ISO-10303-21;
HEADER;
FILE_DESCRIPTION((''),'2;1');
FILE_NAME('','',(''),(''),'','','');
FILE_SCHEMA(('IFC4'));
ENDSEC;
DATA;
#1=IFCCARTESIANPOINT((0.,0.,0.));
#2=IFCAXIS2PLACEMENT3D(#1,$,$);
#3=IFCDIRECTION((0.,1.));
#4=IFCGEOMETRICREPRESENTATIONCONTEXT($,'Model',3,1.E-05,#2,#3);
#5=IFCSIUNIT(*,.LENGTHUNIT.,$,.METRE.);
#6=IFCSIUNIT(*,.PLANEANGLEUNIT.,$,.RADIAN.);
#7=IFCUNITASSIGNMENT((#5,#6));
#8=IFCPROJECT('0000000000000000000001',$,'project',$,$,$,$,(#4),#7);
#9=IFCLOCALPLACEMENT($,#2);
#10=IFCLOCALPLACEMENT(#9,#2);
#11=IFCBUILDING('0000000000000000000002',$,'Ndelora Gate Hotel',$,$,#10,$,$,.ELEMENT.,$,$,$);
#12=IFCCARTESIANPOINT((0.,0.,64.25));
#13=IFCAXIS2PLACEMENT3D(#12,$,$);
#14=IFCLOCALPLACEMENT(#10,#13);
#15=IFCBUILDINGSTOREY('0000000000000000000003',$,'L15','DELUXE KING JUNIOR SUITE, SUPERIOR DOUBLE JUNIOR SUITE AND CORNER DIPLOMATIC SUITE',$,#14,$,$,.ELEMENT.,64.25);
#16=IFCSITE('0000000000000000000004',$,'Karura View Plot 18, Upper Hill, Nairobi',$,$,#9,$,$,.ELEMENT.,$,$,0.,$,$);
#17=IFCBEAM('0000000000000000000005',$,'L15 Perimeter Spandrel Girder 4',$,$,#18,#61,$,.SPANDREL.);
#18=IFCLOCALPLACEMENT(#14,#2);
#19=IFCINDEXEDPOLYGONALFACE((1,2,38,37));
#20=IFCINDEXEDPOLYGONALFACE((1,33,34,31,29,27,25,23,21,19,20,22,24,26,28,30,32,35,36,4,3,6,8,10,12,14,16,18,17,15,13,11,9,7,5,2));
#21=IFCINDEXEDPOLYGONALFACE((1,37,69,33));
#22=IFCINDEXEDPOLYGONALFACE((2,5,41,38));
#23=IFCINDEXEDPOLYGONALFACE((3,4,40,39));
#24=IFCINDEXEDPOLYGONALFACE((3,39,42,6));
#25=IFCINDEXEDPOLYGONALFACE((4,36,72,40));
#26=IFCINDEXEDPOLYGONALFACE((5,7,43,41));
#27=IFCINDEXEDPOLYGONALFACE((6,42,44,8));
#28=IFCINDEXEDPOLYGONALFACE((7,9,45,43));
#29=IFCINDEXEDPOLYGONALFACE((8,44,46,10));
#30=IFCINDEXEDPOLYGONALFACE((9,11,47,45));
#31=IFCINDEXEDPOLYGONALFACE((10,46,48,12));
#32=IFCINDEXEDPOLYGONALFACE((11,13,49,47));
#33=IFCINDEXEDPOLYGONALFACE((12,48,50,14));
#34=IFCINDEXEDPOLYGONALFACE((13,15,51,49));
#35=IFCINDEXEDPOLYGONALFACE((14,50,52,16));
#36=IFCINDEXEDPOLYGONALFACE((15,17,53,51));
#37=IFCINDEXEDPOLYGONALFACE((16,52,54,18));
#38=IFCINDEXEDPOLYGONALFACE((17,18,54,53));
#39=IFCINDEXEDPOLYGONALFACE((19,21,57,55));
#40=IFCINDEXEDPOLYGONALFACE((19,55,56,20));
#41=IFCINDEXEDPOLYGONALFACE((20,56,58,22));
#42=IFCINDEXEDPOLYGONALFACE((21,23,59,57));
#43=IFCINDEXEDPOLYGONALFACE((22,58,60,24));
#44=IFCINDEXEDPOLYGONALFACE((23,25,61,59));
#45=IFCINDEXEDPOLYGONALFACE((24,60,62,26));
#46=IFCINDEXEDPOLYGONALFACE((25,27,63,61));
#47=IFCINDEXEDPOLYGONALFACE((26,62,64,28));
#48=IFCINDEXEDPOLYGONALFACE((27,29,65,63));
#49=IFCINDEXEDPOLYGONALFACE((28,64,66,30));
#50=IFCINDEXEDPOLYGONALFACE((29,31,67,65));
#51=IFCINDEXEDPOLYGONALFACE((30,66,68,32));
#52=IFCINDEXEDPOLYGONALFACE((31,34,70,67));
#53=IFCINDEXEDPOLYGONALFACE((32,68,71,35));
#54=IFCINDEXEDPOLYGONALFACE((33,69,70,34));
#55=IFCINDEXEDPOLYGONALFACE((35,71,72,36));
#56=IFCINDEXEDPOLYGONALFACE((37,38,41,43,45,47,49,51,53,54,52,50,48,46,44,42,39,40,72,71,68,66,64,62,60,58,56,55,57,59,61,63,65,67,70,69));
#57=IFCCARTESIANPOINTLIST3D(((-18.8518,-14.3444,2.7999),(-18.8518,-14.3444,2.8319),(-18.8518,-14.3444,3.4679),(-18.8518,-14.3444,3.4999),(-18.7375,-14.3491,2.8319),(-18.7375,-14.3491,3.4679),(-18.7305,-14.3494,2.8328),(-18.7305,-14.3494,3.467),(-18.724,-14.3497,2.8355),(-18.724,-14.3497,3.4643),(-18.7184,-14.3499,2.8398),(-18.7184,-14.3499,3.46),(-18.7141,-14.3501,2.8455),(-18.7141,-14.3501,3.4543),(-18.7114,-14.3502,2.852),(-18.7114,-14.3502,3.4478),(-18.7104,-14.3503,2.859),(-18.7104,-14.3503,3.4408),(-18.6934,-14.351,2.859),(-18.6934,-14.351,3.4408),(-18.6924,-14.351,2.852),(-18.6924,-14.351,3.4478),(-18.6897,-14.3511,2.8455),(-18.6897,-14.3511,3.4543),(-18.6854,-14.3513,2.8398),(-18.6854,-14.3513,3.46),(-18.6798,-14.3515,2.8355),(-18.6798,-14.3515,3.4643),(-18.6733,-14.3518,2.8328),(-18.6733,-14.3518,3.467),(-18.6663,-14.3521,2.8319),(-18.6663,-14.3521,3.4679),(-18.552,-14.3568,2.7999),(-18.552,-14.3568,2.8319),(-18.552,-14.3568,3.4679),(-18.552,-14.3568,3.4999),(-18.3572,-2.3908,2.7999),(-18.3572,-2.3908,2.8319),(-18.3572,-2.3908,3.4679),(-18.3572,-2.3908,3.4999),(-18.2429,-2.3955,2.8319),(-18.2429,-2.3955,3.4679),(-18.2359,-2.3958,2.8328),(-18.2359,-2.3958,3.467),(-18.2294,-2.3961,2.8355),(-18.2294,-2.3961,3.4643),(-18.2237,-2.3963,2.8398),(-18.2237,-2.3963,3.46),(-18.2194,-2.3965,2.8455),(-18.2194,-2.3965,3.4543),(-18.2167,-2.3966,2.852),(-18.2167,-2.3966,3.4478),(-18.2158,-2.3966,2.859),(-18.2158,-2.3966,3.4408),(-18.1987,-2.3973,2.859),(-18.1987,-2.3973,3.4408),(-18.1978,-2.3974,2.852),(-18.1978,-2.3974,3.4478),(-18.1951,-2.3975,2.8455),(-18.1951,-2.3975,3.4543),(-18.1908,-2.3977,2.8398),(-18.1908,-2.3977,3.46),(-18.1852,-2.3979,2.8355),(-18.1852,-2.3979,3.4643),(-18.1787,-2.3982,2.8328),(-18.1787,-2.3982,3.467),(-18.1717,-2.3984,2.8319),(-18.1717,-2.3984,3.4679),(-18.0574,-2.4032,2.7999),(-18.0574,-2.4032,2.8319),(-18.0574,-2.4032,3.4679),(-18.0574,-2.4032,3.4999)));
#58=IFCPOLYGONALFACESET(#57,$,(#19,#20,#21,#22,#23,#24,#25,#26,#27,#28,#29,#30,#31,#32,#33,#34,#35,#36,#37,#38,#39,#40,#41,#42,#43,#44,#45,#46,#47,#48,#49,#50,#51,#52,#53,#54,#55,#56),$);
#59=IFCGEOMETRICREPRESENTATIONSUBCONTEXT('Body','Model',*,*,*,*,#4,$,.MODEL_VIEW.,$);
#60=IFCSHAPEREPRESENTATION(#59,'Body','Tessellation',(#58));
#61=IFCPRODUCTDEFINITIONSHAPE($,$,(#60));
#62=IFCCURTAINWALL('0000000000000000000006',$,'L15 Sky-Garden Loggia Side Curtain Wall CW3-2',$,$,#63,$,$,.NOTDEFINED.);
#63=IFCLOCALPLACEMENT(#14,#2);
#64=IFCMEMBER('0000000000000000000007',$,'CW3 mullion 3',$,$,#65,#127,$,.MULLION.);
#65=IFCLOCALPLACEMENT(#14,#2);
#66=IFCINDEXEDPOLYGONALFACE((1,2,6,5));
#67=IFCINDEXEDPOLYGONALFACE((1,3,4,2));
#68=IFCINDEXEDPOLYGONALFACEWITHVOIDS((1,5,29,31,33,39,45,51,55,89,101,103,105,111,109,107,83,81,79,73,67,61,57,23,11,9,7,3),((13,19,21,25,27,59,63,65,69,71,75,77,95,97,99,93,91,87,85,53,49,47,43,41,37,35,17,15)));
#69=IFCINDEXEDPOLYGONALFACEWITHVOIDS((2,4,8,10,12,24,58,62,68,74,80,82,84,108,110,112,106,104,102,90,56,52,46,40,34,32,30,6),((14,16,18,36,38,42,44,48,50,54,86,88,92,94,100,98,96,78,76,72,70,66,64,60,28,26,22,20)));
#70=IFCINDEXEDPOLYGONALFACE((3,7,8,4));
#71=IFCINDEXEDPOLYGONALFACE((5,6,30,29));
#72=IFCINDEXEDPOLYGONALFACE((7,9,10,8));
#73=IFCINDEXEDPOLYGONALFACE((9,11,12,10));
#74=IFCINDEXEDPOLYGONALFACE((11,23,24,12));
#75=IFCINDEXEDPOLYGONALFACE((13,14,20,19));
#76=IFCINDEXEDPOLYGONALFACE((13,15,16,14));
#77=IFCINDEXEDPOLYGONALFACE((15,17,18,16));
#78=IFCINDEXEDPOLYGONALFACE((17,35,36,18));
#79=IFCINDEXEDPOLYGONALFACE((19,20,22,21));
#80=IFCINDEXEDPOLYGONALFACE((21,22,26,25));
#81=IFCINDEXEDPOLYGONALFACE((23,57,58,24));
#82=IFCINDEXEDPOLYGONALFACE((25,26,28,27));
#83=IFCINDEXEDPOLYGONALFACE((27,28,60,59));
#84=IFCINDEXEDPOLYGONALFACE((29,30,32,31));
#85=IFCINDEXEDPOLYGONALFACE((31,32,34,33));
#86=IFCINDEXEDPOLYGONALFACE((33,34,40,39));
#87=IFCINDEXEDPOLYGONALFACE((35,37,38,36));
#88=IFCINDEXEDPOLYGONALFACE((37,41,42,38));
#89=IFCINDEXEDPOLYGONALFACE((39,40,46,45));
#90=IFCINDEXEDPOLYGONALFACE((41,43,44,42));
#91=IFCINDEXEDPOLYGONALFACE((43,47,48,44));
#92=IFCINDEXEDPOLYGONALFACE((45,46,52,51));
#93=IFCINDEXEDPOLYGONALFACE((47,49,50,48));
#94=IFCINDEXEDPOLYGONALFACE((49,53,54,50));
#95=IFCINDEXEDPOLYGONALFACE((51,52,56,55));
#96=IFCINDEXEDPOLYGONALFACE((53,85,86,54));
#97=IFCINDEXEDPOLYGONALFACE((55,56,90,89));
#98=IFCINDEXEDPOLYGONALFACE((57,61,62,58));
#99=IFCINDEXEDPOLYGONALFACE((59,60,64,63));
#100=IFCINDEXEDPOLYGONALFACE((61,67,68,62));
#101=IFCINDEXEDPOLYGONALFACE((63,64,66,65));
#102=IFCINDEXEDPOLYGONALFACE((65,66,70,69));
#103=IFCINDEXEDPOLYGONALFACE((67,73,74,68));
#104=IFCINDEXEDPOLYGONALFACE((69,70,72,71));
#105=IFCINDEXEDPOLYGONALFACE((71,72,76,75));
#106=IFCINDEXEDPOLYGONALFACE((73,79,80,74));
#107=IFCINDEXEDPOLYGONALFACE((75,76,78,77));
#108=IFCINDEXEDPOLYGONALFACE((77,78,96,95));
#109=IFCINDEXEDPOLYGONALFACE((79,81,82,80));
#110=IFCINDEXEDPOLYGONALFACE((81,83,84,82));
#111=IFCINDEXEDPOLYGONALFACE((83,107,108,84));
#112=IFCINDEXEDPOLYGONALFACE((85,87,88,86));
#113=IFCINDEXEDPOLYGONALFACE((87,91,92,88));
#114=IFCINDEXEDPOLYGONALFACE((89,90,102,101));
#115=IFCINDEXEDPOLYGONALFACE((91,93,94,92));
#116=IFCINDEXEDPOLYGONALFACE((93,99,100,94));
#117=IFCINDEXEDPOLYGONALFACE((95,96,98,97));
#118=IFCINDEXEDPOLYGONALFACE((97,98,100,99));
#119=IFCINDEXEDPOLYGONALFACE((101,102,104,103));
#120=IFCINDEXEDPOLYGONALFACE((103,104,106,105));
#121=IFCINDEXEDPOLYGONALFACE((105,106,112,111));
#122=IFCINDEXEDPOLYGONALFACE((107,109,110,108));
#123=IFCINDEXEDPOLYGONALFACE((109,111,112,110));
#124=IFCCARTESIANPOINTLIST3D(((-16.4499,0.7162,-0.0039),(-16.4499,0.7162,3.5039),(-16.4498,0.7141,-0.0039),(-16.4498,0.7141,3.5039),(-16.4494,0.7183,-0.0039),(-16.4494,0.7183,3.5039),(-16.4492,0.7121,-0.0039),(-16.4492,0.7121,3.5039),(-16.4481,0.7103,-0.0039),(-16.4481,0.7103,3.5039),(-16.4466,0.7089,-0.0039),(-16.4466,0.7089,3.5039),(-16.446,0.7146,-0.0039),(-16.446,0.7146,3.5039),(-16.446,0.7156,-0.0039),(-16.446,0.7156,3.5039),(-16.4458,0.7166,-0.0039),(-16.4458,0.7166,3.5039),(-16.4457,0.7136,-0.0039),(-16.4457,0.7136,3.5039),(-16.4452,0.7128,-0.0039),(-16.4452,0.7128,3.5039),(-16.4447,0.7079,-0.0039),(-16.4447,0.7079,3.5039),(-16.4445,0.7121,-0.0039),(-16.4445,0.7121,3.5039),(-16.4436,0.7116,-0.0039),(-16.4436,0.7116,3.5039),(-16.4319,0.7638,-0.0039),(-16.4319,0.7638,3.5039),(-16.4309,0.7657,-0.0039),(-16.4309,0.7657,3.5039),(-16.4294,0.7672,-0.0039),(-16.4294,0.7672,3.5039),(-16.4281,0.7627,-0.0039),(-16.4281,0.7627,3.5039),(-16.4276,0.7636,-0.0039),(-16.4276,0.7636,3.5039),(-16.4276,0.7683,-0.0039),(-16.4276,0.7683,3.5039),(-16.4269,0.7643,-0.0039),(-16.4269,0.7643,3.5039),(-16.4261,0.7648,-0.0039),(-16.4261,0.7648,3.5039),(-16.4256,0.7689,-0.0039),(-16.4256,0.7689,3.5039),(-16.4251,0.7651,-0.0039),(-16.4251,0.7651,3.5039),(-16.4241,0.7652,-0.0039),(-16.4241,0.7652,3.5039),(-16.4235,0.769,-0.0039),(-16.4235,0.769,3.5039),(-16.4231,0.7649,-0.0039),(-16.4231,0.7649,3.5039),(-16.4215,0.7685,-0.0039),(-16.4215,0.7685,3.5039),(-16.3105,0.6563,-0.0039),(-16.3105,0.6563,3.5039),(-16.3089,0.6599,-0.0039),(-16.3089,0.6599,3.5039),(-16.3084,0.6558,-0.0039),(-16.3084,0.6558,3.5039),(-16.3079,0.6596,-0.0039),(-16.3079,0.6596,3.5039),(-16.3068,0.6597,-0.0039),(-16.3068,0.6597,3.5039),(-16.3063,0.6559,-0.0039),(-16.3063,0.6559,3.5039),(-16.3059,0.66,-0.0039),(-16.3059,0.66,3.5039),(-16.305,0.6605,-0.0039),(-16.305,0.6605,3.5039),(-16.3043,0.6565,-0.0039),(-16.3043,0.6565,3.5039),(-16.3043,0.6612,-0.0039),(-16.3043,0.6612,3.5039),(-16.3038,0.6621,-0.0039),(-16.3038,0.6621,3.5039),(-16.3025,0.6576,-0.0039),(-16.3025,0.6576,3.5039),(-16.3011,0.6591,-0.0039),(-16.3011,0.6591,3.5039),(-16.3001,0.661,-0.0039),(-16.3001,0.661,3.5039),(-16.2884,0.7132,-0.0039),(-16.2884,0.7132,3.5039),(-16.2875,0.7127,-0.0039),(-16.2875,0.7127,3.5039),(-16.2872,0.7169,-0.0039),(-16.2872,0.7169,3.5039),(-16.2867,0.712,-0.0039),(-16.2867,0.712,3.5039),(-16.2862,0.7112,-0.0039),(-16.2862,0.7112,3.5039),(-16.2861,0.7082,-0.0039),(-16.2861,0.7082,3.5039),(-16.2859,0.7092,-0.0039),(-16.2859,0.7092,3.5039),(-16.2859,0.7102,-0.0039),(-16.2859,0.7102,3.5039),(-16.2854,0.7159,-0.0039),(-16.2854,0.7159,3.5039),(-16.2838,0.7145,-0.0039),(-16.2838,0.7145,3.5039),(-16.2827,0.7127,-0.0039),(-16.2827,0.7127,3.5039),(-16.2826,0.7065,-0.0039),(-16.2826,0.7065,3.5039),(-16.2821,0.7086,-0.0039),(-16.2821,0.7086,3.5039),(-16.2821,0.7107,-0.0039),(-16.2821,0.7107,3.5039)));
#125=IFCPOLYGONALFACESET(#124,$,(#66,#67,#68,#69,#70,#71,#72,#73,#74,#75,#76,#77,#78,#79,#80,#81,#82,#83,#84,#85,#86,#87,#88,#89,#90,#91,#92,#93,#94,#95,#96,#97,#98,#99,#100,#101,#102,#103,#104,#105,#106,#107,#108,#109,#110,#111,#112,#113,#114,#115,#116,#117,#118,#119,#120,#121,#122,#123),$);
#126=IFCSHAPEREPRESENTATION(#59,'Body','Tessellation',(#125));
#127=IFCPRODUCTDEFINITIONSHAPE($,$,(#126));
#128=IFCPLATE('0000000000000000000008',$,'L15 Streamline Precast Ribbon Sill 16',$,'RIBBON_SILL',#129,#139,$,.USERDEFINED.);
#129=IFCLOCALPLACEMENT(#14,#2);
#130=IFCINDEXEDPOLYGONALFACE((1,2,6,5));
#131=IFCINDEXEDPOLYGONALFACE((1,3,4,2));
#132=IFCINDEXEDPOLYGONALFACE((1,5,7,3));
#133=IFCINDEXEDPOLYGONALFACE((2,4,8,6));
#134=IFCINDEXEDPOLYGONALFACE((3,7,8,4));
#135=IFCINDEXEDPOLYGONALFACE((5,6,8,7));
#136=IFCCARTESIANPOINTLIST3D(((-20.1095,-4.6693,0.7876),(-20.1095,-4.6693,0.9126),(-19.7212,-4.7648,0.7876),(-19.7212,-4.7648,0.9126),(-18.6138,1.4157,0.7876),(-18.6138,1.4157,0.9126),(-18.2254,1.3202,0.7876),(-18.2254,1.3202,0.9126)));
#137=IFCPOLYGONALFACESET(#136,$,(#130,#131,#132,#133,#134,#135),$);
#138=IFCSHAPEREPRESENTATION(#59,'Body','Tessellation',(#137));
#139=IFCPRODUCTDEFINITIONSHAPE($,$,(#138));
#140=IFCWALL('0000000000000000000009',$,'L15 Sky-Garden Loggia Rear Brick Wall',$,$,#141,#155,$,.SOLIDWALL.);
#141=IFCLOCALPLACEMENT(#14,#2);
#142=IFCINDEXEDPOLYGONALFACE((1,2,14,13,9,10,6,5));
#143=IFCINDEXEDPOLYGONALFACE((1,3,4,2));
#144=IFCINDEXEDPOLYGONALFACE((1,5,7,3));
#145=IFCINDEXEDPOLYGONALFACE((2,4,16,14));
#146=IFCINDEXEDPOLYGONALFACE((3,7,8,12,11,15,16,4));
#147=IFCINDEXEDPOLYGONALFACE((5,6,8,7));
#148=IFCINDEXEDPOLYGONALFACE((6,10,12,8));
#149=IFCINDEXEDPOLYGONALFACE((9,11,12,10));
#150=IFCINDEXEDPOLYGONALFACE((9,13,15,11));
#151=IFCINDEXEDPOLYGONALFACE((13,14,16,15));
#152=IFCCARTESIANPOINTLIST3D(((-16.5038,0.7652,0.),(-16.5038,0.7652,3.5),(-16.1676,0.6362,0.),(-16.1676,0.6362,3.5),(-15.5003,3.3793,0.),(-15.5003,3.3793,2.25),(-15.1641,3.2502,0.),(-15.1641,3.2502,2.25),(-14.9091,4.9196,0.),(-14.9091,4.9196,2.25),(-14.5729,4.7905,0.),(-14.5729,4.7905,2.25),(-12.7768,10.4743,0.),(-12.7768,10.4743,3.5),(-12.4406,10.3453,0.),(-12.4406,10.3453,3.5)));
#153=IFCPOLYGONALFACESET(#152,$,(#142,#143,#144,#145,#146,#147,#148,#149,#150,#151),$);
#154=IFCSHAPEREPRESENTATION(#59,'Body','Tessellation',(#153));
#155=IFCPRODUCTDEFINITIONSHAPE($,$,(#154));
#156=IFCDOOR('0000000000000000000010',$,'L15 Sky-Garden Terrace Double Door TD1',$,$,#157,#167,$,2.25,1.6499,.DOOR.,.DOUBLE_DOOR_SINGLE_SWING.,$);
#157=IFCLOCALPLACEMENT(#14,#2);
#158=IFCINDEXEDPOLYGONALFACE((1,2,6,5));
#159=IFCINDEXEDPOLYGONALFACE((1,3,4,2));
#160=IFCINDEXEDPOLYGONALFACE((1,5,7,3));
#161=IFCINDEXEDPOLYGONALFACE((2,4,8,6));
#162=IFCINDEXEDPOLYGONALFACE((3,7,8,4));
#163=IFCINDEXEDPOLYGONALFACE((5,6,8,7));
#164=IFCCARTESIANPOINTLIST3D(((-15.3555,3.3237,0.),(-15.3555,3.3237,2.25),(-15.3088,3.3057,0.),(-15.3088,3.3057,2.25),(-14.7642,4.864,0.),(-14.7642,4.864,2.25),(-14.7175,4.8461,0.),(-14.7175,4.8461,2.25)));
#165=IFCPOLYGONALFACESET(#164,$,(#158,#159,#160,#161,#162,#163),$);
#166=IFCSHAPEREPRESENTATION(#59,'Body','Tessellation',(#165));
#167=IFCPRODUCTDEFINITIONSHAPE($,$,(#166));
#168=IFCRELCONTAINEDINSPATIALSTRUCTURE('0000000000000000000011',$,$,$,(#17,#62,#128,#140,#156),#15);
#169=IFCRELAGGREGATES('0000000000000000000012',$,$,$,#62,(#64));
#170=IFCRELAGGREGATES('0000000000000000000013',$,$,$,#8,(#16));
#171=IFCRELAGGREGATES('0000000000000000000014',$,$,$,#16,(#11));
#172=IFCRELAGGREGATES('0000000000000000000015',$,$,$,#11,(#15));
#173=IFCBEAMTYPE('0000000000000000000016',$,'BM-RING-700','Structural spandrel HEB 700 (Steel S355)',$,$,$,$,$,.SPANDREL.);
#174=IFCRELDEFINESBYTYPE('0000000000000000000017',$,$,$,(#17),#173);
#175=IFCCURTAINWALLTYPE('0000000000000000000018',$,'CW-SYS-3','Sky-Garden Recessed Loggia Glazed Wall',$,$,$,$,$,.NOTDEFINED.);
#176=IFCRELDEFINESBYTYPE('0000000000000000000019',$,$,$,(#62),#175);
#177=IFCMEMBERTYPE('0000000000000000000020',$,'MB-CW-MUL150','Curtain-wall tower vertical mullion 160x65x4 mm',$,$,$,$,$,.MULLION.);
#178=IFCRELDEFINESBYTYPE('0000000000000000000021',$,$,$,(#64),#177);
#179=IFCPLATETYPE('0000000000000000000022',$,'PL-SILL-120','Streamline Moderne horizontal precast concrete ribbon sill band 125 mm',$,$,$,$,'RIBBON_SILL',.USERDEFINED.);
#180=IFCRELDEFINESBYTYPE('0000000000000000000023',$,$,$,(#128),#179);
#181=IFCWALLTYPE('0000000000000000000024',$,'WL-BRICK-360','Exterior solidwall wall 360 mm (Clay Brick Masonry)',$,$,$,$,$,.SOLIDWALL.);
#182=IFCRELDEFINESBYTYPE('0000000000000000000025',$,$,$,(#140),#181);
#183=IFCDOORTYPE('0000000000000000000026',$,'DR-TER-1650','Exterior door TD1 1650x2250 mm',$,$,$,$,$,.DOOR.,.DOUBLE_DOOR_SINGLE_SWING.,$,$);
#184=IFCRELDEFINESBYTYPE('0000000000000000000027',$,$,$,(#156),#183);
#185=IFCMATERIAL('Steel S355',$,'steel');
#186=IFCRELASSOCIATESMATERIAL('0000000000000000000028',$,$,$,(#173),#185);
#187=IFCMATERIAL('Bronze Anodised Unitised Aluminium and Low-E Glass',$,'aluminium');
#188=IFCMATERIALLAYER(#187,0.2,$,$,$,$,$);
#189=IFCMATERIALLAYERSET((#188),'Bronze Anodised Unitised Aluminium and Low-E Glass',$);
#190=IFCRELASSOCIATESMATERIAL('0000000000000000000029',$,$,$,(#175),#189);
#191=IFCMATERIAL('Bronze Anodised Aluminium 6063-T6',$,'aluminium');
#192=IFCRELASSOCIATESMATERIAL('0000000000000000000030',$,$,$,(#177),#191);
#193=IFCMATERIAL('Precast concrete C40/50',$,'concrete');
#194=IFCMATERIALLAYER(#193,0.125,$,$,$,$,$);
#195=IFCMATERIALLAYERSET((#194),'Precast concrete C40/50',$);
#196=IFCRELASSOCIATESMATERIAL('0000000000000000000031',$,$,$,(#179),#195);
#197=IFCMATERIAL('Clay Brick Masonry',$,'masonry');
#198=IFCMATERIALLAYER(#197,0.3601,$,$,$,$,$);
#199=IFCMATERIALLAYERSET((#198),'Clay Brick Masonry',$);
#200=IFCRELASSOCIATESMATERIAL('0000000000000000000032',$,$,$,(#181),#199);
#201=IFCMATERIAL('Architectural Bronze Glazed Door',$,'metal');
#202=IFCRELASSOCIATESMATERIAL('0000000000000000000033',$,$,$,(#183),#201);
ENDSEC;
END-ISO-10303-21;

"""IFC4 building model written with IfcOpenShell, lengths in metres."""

from ifc_helpers import new_model, si_unit, direction, frame, frame_2d, origin, origin_2d, place, context, subcontext, project, spatial, rectangle, hollow_rectangle, i_section, extrude, material, layer, layer_set, material_profile, profile_set, type_object, element, fill, aggregate, save


model = new_model("IFC4")

# Units and contexts
model_context = context("Model", 3, precision=1e-05, world=origin(), true_north=direction((0.0, 1.0)))
body_context = subcontext(model_context, "Body", "Model", "MODEL_VIEW")
ifc_project = project(units=[si_unit("LENGTHUNIT", "METRE"), si_unit("PLANEANGLEUNIT", "RADIAN")], contexts=[model_context])

# Site, building, storey
site_placement = place(None, origin())
site = spatial("IfcSite", under=ifc_project, at=site_placement, Name="Karura View Plot 18, Upper Hill, Nairobi", CompositionType="ELEMENT", RefElevation=0.0)
building_placement = place(site_placement, origin())
building = spatial("IfcBuilding", under=site, at=building_placement, Name="Ndelora Gate Hotel", CompositionType="ELEMENT")
storey_placement = place(building_placement, frame((0.0, 0.0, 64.25)))
storey = spatial("IfcBuildingStorey", under=building, at=storey_placement, Name="L15", Description="DELUXE KING JUNIOR SUITE, SUPERIOR DOUBLE JUNIOR SUITE AND CORNER DIPLOMATIC SUITE", CompositionType="ELEMENT", Elevation=64.25)

# Beam
ifc_material_1 = material(Name="Steel S355", Category="steel")
ifc_material_profile_1 = material_profile(ifc_material_1, i_section(OverallWidth=0.3, OverallDepth=0.7, WebThickness=0.0171, FlangeThickness=0.032, FilletRadius=0.0271, at=origin_2d()), Name="HEB 700")
ifc_profile_set_1 = profile_set([ifc_material_profile_1], Name="Steel S355")
beam_type_1 = type_object("IfcBeamType", Name="BM-RING-700", Description="Structural spandrel HEB 700 (Steel S355)", PredefinedType="SPANDREL", material=ifc_profile_set_1)
beam_1_placement = place(storey_placement, frame((-18.2073, -2.397, 3.1499), z_axis=(-0.041344, -0.999145, 0.0), x_axis=(0.999145, -0.041344, 0.0)))
element("IfcBeam", 1, at=beam_1_placement, inside=storey, type_object=beam_type_1, Name="L15 Perimeter Spandrel Girder 4", PredefinedType="SPANDREL", context=body_context, shape_type="SweptSolid", body=[
    extrude(i_section(OverallWidth=0.3, OverallDepth=0.7, WebThickness=0.0171, FlangeThickness=0.032, FilletRadius=0.0271, at=origin_2d()), origin(), (0.0, 0.0, 1.0), 11.9639),
])

# Curtain wall, member
ifc_material_2 = material(Name="Bronze Anodised Unitised Aluminium and Low-E Glass", Category="aluminium")
ifc_layer_1 = layer(ifc_material_2, 0.2)
ifc_layer_set_1 = layer_set([ifc_layer_1], Name="Bronze Anodised Unitised Aluminium and Low-E Glass")
curtain_wall_type = type_object("IfcCurtainWallType", Name="CW-SYS-3", Description="Sky-Garden Recessed Loggia Glazed Wall", PredefinedType="NOTDEFINED", material=ifc_layer_set_1)
curtain_wall_placement = place(storey_placement, origin())
curtain_wall = element("IfcCurtainWall", 2, at=curtain_wall_placement, inside=storey, type_object=curtain_wall_type, Name="L15 Sky-Garden Loggia Side Curtain Wall CW3-2", PredefinedType="NOTDEFINED")
ifc_material_3 = material(Name="Bronze Anodised Aluminium 6063-T6", Category="aluminium")
ifc_material_profile_2 = material_profile(ifc_material_3, hollow_rectangle(XDim=0.0649, YDim=0.1599, WallThickness=0.0039, InnerFilletRadius=0.0039, OuterFilletRadius=0.0081, at=origin_2d()), Name="ALU 160x65x4")
ifc_profile_set_2 = profile_set([ifc_material_profile_2], Name="Bronze Anodised Aluminium 6063-T6")
member_type = type_object("IfcMemberType", Name="MB-CW-MUL150", Description="Curtain-wall tower vertical mullion 160x65x4 mm", PredefinedType="MULLION", material=ifc_profile_set_2)
member_placement = place(storey_placement, frame((-16.366, 0.7124, -0.0039), z_axis=(0.0, 0.0, 1.0), x_axis=(0.358376, 0.933577, 0.0)))
member = element("IfcMember", 3, at=member_placement, type_object=member_type, Name="CW3 mullion 3", PredefinedType="MULLION", context=body_context, shape_type="SweptSolid", body=[
    extrude(hollow_rectangle(XDim=0.0649, YDim=0.1599, WallThickness=0.0039, InnerFilletRadius=0.0039, OuterFilletRadius=0.0081, at=origin_2d()), origin(), (0.0, 0.0, 1.0), 3.5078),
])
aggregate(curtain_wall, [member])

# Plate
ifc_material_4 = material(Name="Precast concrete C40/50", Category="concrete")
ifc_layer_2 = layer(ifc_material_4, 0.125)
ifc_layer_set_2 = layer_set([ifc_layer_2], Name="Precast concrete C40/50")
plate_type = type_object("IfcPlateType", Name="PL-SILL-120", Description="Streamline Moderne horizontal precast concrete ribbon sill band 125 mm", ElementType="RIBBON_SILL", PredefinedType="USERDEFINED", material=ifc_layer_set_2)
plate_placement = place(storey_placement, frame((-19.1675, -1.6746, 0.7876), z_axis=(0.0, 0.0, 1.0), x_axis=(0.238703, 0.971093, 0.0)))
element("IfcPlate", 4, at=plate_placement, inside=storey, type_object=plate_type, Name="L15 Streamline Precast Ribbon Sill 16", ObjectType="RIBBON_SILL", PredefinedType="USERDEFINED", context=body_context, shape_type="SweptSolid", body=[
    extrude(rectangle(XDim=6.2661, YDim=0.3999, at=origin_2d()), origin(), (0.0, 0.0, 1.0), 0.125),
])

# Wall, opening, door
ifc_material_5 = material(Name="Clay Brick Masonry", Category="masonry")
ifc_layer_3 = layer(ifc_material_5, 0.3601)
ifc_layer_set_3 = layer_set([ifc_layer_3], Name="Clay Brick Masonry")
wall_type_1 = type_object("IfcWallType", Name="WL-BRICK-360", Description="Exterior solidwall wall 360 mm (Clay Brick Masonry)", PredefinedType="SOLIDWALL", material=ifc_layer_set_3)
wall_1_placement = place(storey_placement, frame((-16.3357, 0.7007, 0.0), z_axis=(0.0, 0.0, 1.0), x_axis=(0.35837, 0.93358, 0.0)))
wall_1 = element("IfcWall", 5, at=wall_1_placement, inside=storey, type_object=wall_type_1, Name="L15 Sky-Garden Loggia Rear Brick Wall", PredefinedType="SOLIDWALL", context=body_context, shape_type="SweptSolid", body=[
    extrude(rectangle(XDim=10.3999, YDim=0.3601, at=frame_2d((5.2, 0.0))), origin(), (0.0, 0.0, 1.0), 3.5),
])
opening_1_placement = place(wall_1_placement, frame((2.8, 0.0, 0.0)))
opening_1 = element("IfcOpeningElement", 6, at=opening_1_placement, cuts=wall_1, PredefinedType="OPENING", context=body_context, shape_type="SweptSolid", body=[
    extrude(rectangle(XDim=1.6499, YDim=2.25, at=frame_2d((0.825, 1.125))), frame((0.0, 0.1899, 0.0), z_axis=(0.0, -1.0, 0.0), x_axis=(1.0, 0.0, 0.0)), (0.0, 0.0, 1.0), 0.3801),
])
ifc_material_6 = material(Name="Architectural Bronze Glazed Door", Category="metal")
door_type_1 = type_object("IfcDoorType", Name="DR-TER-1650", Description="Exterior door TD1 1650x2250 mm", OperationType="DOUBLE_DOOR_SINGLE_SWING", PredefinedType="DOOR", material=ifc_material_6)
door_1_placement = place(opening_1_placement, origin())
door_1 = element("IfcDoor", 7, at=door_1_placement, inside=storey, type_object=door_type_1, Name="L15 Sky-Garden Terrace Double Door TD1", OperationType="DOUBLE_DOOR_SINGLE_SWING", OverallHeight=2.25, OverallWidth=1.6499, PredefinedType="DOOR", context=body_context, shape_type="SweptSolid", body=[
    extrude(rectangle(XDim=1.6499, YDim=2.25, at=frame_2d((0.825, 1.125))), frame((0.0, 0.0249, 0.0), z_axis=(0.0, -1.0, 0.0), x_axis=(1.0, 0.0, 0.0)), (0.0, 0.0, 1.0), 0.05),
])
fill(opening_1, door_1)

save(model, "model.ifc")
